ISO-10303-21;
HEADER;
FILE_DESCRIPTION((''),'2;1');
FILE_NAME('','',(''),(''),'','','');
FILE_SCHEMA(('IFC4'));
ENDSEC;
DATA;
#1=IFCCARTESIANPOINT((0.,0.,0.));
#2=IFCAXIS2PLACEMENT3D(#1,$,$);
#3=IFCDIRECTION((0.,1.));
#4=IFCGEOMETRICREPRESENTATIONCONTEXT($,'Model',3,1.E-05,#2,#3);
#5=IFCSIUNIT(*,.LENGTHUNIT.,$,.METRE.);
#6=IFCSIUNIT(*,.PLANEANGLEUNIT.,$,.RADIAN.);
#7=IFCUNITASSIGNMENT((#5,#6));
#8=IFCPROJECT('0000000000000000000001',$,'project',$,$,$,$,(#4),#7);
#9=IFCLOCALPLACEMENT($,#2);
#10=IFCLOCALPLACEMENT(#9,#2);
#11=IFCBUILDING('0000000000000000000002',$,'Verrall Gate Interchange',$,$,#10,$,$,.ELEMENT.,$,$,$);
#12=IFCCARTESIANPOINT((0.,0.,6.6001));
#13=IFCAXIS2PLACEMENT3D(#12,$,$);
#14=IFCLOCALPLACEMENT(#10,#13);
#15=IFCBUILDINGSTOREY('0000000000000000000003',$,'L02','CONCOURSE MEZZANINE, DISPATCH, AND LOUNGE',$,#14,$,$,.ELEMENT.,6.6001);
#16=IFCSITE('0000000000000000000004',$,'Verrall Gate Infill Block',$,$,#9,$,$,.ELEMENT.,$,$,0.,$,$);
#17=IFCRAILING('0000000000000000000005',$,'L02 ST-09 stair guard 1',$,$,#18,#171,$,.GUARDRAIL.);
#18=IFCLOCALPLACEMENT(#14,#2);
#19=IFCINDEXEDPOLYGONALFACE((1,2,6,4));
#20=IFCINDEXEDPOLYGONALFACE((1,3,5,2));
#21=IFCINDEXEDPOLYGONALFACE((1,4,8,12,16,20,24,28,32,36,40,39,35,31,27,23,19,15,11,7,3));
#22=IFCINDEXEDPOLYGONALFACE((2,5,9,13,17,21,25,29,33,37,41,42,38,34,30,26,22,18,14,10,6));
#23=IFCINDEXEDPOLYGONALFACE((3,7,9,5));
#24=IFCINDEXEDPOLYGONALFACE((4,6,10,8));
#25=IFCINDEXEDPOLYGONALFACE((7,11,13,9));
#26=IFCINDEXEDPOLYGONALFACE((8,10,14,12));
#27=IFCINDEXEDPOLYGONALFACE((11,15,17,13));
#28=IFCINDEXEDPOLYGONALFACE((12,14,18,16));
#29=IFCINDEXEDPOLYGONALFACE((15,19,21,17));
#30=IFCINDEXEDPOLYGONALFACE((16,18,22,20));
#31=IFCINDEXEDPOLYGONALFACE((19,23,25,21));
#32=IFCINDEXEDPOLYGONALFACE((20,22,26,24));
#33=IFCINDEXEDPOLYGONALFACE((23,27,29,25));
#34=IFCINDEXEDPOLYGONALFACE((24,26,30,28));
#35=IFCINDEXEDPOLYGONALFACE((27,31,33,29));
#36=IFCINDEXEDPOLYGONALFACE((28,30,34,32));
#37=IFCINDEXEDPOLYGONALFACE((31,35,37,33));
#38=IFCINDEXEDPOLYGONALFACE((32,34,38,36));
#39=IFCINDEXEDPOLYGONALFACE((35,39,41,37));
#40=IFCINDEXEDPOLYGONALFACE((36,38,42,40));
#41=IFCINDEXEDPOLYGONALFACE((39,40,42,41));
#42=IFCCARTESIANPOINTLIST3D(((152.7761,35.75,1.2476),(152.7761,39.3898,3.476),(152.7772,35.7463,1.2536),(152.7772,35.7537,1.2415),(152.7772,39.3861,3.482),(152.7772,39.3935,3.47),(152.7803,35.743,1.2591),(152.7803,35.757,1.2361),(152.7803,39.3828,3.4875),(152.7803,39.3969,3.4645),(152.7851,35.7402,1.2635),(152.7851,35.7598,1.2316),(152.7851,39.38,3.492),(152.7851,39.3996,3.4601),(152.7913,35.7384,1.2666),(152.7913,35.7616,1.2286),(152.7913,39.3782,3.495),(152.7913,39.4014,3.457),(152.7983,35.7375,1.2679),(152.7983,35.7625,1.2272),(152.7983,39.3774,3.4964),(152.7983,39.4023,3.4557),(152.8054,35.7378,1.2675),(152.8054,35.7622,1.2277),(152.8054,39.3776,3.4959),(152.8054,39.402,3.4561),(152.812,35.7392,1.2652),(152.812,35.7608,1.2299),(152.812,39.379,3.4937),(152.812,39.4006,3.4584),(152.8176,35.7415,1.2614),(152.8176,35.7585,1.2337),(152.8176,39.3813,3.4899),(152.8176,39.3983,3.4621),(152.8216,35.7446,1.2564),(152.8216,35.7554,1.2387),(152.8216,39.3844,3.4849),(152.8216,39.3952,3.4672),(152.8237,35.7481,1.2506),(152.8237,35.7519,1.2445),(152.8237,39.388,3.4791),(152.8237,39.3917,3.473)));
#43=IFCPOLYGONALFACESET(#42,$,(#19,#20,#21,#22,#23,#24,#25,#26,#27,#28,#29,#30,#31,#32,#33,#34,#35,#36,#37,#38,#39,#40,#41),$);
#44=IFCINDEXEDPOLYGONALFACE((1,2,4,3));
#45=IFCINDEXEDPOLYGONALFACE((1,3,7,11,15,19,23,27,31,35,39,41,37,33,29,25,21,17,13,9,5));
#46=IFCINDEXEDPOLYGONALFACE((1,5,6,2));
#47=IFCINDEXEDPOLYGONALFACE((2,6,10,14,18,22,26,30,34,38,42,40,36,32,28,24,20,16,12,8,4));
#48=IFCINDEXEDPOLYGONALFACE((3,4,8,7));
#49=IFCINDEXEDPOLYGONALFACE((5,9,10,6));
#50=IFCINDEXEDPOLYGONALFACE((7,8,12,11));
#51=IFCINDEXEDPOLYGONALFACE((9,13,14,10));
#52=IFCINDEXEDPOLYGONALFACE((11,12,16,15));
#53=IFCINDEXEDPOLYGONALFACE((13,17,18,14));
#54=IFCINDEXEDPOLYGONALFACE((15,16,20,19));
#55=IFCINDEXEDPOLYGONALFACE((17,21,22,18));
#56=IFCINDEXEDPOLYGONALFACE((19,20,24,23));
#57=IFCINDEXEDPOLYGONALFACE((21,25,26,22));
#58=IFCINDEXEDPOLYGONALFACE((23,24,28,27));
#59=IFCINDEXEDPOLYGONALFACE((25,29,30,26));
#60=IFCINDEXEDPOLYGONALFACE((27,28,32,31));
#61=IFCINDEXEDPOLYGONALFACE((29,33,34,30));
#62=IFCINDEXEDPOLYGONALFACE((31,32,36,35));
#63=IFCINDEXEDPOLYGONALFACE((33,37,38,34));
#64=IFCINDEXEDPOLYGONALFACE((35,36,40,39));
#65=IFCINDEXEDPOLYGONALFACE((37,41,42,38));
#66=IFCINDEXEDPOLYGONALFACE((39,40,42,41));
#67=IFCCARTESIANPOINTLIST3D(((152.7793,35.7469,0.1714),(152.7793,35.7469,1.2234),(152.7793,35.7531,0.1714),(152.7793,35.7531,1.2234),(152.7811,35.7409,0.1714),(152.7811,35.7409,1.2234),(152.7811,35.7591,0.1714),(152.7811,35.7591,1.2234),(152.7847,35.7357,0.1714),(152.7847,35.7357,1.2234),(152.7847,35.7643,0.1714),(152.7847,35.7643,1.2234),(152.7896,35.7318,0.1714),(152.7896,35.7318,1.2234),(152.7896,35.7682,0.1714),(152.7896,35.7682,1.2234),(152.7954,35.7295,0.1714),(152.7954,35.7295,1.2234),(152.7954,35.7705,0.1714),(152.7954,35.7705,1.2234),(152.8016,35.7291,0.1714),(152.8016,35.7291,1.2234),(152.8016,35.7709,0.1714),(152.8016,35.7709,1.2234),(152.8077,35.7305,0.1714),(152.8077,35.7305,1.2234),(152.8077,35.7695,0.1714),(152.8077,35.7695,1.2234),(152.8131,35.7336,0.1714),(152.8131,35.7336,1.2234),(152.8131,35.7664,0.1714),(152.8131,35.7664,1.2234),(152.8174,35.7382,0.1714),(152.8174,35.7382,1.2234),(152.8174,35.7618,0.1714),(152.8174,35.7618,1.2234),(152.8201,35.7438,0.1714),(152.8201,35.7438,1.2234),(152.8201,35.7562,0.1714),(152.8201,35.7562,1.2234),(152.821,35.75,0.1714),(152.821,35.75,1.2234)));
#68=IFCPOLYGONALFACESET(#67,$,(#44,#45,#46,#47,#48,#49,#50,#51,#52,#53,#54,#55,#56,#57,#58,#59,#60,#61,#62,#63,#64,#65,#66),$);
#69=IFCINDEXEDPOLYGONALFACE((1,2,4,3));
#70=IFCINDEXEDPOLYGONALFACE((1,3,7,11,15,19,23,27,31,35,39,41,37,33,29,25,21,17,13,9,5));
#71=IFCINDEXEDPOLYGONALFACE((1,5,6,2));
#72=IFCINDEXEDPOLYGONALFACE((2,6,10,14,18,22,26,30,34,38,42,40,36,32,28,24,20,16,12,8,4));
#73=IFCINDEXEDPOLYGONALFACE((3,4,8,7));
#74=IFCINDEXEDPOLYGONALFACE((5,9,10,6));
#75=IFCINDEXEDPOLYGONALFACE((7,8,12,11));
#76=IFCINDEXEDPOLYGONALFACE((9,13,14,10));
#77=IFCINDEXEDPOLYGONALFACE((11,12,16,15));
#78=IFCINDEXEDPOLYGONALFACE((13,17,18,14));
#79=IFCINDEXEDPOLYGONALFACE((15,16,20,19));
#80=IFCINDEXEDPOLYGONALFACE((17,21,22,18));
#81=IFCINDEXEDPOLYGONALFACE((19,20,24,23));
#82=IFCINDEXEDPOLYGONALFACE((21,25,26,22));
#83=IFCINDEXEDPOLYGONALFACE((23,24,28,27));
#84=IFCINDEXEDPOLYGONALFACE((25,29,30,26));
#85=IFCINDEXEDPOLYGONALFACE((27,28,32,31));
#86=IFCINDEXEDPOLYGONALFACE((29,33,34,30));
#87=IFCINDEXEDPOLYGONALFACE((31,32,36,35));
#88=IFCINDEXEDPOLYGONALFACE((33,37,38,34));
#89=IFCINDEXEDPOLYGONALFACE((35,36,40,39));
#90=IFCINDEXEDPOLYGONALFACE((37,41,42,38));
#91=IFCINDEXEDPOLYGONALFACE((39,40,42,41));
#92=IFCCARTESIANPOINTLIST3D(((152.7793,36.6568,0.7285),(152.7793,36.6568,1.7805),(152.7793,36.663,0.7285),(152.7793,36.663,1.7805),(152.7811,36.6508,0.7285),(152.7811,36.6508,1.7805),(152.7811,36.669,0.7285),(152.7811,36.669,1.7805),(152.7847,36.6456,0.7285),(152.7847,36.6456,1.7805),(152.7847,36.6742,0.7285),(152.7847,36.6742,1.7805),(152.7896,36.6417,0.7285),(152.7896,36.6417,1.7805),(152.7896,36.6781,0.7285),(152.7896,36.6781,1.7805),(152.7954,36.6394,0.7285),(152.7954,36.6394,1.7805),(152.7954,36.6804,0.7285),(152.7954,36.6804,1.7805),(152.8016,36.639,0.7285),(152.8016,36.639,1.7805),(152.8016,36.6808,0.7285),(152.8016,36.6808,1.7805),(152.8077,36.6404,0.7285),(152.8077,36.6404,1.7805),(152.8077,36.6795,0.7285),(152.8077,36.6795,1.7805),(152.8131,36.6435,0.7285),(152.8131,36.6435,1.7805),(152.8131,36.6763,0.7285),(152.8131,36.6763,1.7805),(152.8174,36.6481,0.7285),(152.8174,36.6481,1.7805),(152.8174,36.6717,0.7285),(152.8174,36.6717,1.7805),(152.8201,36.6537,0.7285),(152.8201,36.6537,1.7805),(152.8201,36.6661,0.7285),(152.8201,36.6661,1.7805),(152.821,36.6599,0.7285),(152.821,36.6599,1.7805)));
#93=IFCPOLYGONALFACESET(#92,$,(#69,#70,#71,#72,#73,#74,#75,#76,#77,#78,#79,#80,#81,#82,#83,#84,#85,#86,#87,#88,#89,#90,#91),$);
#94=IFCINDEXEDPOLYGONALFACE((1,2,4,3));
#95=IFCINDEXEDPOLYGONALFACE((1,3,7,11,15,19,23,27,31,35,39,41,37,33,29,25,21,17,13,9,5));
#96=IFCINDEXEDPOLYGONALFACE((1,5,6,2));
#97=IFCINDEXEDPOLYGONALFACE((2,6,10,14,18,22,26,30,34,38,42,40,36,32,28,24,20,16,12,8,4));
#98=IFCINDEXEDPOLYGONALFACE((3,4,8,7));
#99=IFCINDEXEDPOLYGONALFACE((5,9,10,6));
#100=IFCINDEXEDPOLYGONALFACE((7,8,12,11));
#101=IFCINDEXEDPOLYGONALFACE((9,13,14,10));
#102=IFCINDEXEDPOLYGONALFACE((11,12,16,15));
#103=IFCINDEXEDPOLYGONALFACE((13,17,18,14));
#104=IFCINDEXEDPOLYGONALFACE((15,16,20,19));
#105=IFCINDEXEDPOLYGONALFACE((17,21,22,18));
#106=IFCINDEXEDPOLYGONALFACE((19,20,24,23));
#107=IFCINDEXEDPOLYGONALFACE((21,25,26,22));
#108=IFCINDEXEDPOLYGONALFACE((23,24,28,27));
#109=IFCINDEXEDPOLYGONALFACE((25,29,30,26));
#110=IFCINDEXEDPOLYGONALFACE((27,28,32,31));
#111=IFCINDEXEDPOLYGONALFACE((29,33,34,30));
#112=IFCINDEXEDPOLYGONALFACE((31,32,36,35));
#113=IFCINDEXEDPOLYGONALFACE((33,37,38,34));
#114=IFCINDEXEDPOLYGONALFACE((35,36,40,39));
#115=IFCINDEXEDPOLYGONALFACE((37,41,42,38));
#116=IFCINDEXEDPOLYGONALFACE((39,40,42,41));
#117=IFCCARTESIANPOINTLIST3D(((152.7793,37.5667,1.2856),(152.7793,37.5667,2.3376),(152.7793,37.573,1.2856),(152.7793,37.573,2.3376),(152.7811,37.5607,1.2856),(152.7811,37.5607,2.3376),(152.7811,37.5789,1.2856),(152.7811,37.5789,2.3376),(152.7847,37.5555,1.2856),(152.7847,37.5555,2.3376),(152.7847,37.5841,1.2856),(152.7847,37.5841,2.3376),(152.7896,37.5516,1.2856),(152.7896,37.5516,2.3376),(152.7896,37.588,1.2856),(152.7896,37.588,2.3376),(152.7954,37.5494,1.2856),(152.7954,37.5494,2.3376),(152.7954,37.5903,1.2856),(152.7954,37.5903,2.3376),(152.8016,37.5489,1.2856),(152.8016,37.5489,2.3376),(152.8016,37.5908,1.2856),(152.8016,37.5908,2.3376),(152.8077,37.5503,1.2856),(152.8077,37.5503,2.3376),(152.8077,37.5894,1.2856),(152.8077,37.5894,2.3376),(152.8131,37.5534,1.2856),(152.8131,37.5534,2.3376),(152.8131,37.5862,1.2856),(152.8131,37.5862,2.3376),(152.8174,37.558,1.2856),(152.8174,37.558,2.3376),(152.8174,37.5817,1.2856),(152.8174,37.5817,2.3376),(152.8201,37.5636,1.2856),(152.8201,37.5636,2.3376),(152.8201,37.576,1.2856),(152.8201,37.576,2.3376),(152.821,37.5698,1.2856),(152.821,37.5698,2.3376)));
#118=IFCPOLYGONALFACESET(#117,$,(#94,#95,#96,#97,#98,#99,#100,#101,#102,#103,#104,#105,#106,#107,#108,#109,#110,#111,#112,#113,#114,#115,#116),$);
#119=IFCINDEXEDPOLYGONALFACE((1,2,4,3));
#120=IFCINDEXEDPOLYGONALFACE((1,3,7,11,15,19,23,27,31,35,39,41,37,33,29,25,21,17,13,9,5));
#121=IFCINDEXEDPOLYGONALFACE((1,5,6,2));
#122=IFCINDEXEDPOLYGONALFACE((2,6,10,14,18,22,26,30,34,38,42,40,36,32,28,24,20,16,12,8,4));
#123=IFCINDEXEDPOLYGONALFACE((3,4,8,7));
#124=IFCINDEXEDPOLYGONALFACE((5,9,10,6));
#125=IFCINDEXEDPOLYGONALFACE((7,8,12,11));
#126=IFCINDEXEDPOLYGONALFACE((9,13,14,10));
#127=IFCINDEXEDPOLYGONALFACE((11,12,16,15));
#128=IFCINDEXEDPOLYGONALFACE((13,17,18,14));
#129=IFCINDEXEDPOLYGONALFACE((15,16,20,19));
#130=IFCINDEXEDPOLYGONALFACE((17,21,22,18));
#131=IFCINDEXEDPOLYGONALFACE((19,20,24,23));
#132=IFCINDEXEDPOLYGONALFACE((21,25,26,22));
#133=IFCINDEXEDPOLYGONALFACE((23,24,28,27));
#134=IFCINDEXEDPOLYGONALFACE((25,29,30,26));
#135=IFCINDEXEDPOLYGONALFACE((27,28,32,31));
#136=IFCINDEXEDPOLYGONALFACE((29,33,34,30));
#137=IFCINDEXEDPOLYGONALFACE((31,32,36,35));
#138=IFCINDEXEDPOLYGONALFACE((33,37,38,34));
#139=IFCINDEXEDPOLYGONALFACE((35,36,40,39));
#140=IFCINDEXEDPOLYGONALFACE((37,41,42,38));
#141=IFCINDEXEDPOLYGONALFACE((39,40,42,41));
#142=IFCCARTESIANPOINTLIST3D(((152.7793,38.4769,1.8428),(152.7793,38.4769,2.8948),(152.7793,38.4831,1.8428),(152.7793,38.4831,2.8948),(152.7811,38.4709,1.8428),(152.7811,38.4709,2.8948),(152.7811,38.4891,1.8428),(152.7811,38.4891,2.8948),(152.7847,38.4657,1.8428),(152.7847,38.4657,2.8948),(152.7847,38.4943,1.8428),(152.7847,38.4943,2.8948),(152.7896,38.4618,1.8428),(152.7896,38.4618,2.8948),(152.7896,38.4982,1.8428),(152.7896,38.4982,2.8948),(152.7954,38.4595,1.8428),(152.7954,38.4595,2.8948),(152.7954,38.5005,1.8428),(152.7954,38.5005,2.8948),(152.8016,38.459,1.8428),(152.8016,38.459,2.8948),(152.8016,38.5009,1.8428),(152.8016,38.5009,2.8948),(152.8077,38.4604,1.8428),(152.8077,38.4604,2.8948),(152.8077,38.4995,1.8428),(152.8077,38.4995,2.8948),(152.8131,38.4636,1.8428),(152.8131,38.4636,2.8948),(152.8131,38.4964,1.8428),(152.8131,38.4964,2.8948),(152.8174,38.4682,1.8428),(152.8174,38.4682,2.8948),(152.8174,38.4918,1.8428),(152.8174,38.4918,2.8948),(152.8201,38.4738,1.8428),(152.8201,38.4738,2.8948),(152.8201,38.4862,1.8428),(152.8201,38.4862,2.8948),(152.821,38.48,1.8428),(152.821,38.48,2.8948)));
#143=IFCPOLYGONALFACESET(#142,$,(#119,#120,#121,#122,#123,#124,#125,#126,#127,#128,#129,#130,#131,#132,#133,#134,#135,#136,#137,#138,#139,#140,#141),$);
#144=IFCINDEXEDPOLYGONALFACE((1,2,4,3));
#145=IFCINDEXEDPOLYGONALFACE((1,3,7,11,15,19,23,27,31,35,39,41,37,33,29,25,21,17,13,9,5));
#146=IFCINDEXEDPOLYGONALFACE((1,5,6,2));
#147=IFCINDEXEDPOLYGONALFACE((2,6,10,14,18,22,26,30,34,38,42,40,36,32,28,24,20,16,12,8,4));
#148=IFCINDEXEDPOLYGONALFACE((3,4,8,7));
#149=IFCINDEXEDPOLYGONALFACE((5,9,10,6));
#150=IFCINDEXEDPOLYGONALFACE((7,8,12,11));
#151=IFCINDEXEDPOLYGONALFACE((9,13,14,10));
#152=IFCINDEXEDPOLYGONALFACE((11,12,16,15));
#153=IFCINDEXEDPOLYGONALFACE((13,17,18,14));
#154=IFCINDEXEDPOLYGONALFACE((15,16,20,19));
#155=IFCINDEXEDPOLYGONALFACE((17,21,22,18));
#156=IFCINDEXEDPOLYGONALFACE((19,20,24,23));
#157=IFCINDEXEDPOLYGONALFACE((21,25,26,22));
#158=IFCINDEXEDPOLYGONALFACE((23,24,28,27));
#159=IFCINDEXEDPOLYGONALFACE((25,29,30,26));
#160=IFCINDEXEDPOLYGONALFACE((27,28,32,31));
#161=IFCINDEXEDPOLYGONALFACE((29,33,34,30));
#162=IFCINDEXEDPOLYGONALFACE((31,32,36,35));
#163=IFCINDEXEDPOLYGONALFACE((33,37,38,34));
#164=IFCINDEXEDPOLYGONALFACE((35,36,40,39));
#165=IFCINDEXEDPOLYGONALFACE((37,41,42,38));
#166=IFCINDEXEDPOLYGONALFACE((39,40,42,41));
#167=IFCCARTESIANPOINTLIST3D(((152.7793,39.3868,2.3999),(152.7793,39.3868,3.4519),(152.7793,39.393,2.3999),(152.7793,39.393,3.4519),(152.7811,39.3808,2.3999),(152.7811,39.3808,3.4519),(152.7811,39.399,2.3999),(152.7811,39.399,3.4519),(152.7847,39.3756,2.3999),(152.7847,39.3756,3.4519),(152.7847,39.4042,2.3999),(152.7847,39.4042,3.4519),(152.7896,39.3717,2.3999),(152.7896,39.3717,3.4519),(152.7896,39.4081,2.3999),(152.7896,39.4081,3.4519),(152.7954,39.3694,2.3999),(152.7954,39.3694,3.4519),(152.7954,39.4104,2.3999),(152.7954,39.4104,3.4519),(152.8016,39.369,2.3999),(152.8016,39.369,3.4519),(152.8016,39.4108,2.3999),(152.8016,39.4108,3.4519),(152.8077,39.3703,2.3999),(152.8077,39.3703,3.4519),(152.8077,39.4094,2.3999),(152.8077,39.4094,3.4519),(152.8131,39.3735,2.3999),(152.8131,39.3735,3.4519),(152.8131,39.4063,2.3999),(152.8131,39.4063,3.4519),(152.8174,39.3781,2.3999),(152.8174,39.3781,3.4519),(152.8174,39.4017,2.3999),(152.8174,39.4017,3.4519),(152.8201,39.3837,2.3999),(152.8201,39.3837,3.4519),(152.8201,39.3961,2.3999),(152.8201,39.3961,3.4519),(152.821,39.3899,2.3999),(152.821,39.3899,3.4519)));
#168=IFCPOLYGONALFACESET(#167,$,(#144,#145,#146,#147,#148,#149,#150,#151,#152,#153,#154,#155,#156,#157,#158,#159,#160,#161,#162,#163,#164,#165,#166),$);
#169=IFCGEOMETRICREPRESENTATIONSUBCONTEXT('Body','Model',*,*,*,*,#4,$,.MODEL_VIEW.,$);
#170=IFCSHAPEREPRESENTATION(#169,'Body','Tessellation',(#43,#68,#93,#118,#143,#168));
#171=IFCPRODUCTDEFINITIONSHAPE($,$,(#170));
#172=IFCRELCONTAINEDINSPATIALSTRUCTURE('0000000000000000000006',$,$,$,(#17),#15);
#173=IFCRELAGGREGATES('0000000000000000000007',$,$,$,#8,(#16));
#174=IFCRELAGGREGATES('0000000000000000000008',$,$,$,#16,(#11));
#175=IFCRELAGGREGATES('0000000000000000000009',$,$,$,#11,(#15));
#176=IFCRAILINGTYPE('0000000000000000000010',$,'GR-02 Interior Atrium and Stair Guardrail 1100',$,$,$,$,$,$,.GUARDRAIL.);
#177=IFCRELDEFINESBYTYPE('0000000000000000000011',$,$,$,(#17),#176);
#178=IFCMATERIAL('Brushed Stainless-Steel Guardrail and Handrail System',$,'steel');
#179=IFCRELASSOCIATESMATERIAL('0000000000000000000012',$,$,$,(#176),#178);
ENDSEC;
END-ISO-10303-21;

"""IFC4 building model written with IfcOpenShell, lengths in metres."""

from ifc_helpers import new_model, si_unit, direction, frame, origin, origin_2d, place, context, subcontext, project, spatial, circle, extrude, material, type_object, element, save


model = new_model("IFC4")

# Units and contexts
model_context = context("Model", 3, precision=1e-05, world=origin(), true_north=direction((0.0, 1.0)))
body_context = subcontext(model_context, "Body", "Model", "MODEL_VIEW")
ifc_project = project(units=[si_unit("LENGTHUNIT", "METRE"), si_unit("PLANEANGLEUNIT", "RADIAN")], contexts=[model_context])

# Site, building, storey
site_placement = place(None, origin())
site = spatial("IfcSite", under=ifc_project, at=site_placement, Name="Verrall Gate Infill Block", CompositionType="ELEMENT", RefElevation=0.0)
building_placement = place(site_placement, origin())
building = spatial("IfcBuilding", under=site, at=building_placement, Name="Verrall Gate Interchange", CompositionType="ELEMENT")
storey_placement = place(building_placement, frame((0.0, 0.0, 6.6001)))
storey = spatial("IfcBuildingStorey", under=building, at=storey_placement, Name="L02", Description="CONCOURSE MEZZANINE, DISPATCH, AND LOUNGE", CompositionType="ELEMENT", Elevation=6.6001)

# Railing
ifc_material_1 = material(Name="Brushed Stainless-Steel Guardrail and Handrail System", Category="steel")
railing_type_1 = type_object("IfcRailingType", Name="GR-02 Interior Atrium and Stair Guardrail 1100", PredefinedType="GUARDRAIL", material=ifc_material_1)
railing_1_placement = place(storey_placement, frame((152.8, 35.75, 0.1714)))
element("IfcRailing", 1, at=railing_1_placement, inside=storey, type_object=railing_type_1, Name="L02 ST-09 stair guard 1", PredefinedType="GUARDRAIL", context=body_context, shape_type="SweptSolid", body=[
    extrude(circle(Radius=0.0239, at=origin_2d()), frame((0.0, 0.0, 1.0762), z_axis=(0.0, 0.85285, 0.522156), x_axis=(-1.0, 0.0, 0.0)), (0.0, 0.0, 1.0), 4.2678),
    extrude(circle(Radius=0.021, at=origin_2d()), origin(), (0.0, 0.0, 1.0), 1.052),
    extrude(circle(Radius=0.021, at=origin_2d()), frame((0.0, 0.9099, 0.5571)), (0.0, 0.0, 1.0), 1.052),
    extrude(circle(Radius=0.021, at=origin_2d()), frame((0.0, 1.8198, 1.1143)), (0.0, 0.0, 1.0), 1.052),
    extrude(circle(Radius=0.021, at=origin_2d()), frame((0.0, 2.73, 1.6714)), (0.0, 0.0, 1.0), 1.052),
    extrude(circle(Radius=0.021, at=origin_2d()), frame((0.0, 3.6399, 2.2285)), (0.0, 0.0, 1.0), 1.052),
])

save(model, "model.ifc")
